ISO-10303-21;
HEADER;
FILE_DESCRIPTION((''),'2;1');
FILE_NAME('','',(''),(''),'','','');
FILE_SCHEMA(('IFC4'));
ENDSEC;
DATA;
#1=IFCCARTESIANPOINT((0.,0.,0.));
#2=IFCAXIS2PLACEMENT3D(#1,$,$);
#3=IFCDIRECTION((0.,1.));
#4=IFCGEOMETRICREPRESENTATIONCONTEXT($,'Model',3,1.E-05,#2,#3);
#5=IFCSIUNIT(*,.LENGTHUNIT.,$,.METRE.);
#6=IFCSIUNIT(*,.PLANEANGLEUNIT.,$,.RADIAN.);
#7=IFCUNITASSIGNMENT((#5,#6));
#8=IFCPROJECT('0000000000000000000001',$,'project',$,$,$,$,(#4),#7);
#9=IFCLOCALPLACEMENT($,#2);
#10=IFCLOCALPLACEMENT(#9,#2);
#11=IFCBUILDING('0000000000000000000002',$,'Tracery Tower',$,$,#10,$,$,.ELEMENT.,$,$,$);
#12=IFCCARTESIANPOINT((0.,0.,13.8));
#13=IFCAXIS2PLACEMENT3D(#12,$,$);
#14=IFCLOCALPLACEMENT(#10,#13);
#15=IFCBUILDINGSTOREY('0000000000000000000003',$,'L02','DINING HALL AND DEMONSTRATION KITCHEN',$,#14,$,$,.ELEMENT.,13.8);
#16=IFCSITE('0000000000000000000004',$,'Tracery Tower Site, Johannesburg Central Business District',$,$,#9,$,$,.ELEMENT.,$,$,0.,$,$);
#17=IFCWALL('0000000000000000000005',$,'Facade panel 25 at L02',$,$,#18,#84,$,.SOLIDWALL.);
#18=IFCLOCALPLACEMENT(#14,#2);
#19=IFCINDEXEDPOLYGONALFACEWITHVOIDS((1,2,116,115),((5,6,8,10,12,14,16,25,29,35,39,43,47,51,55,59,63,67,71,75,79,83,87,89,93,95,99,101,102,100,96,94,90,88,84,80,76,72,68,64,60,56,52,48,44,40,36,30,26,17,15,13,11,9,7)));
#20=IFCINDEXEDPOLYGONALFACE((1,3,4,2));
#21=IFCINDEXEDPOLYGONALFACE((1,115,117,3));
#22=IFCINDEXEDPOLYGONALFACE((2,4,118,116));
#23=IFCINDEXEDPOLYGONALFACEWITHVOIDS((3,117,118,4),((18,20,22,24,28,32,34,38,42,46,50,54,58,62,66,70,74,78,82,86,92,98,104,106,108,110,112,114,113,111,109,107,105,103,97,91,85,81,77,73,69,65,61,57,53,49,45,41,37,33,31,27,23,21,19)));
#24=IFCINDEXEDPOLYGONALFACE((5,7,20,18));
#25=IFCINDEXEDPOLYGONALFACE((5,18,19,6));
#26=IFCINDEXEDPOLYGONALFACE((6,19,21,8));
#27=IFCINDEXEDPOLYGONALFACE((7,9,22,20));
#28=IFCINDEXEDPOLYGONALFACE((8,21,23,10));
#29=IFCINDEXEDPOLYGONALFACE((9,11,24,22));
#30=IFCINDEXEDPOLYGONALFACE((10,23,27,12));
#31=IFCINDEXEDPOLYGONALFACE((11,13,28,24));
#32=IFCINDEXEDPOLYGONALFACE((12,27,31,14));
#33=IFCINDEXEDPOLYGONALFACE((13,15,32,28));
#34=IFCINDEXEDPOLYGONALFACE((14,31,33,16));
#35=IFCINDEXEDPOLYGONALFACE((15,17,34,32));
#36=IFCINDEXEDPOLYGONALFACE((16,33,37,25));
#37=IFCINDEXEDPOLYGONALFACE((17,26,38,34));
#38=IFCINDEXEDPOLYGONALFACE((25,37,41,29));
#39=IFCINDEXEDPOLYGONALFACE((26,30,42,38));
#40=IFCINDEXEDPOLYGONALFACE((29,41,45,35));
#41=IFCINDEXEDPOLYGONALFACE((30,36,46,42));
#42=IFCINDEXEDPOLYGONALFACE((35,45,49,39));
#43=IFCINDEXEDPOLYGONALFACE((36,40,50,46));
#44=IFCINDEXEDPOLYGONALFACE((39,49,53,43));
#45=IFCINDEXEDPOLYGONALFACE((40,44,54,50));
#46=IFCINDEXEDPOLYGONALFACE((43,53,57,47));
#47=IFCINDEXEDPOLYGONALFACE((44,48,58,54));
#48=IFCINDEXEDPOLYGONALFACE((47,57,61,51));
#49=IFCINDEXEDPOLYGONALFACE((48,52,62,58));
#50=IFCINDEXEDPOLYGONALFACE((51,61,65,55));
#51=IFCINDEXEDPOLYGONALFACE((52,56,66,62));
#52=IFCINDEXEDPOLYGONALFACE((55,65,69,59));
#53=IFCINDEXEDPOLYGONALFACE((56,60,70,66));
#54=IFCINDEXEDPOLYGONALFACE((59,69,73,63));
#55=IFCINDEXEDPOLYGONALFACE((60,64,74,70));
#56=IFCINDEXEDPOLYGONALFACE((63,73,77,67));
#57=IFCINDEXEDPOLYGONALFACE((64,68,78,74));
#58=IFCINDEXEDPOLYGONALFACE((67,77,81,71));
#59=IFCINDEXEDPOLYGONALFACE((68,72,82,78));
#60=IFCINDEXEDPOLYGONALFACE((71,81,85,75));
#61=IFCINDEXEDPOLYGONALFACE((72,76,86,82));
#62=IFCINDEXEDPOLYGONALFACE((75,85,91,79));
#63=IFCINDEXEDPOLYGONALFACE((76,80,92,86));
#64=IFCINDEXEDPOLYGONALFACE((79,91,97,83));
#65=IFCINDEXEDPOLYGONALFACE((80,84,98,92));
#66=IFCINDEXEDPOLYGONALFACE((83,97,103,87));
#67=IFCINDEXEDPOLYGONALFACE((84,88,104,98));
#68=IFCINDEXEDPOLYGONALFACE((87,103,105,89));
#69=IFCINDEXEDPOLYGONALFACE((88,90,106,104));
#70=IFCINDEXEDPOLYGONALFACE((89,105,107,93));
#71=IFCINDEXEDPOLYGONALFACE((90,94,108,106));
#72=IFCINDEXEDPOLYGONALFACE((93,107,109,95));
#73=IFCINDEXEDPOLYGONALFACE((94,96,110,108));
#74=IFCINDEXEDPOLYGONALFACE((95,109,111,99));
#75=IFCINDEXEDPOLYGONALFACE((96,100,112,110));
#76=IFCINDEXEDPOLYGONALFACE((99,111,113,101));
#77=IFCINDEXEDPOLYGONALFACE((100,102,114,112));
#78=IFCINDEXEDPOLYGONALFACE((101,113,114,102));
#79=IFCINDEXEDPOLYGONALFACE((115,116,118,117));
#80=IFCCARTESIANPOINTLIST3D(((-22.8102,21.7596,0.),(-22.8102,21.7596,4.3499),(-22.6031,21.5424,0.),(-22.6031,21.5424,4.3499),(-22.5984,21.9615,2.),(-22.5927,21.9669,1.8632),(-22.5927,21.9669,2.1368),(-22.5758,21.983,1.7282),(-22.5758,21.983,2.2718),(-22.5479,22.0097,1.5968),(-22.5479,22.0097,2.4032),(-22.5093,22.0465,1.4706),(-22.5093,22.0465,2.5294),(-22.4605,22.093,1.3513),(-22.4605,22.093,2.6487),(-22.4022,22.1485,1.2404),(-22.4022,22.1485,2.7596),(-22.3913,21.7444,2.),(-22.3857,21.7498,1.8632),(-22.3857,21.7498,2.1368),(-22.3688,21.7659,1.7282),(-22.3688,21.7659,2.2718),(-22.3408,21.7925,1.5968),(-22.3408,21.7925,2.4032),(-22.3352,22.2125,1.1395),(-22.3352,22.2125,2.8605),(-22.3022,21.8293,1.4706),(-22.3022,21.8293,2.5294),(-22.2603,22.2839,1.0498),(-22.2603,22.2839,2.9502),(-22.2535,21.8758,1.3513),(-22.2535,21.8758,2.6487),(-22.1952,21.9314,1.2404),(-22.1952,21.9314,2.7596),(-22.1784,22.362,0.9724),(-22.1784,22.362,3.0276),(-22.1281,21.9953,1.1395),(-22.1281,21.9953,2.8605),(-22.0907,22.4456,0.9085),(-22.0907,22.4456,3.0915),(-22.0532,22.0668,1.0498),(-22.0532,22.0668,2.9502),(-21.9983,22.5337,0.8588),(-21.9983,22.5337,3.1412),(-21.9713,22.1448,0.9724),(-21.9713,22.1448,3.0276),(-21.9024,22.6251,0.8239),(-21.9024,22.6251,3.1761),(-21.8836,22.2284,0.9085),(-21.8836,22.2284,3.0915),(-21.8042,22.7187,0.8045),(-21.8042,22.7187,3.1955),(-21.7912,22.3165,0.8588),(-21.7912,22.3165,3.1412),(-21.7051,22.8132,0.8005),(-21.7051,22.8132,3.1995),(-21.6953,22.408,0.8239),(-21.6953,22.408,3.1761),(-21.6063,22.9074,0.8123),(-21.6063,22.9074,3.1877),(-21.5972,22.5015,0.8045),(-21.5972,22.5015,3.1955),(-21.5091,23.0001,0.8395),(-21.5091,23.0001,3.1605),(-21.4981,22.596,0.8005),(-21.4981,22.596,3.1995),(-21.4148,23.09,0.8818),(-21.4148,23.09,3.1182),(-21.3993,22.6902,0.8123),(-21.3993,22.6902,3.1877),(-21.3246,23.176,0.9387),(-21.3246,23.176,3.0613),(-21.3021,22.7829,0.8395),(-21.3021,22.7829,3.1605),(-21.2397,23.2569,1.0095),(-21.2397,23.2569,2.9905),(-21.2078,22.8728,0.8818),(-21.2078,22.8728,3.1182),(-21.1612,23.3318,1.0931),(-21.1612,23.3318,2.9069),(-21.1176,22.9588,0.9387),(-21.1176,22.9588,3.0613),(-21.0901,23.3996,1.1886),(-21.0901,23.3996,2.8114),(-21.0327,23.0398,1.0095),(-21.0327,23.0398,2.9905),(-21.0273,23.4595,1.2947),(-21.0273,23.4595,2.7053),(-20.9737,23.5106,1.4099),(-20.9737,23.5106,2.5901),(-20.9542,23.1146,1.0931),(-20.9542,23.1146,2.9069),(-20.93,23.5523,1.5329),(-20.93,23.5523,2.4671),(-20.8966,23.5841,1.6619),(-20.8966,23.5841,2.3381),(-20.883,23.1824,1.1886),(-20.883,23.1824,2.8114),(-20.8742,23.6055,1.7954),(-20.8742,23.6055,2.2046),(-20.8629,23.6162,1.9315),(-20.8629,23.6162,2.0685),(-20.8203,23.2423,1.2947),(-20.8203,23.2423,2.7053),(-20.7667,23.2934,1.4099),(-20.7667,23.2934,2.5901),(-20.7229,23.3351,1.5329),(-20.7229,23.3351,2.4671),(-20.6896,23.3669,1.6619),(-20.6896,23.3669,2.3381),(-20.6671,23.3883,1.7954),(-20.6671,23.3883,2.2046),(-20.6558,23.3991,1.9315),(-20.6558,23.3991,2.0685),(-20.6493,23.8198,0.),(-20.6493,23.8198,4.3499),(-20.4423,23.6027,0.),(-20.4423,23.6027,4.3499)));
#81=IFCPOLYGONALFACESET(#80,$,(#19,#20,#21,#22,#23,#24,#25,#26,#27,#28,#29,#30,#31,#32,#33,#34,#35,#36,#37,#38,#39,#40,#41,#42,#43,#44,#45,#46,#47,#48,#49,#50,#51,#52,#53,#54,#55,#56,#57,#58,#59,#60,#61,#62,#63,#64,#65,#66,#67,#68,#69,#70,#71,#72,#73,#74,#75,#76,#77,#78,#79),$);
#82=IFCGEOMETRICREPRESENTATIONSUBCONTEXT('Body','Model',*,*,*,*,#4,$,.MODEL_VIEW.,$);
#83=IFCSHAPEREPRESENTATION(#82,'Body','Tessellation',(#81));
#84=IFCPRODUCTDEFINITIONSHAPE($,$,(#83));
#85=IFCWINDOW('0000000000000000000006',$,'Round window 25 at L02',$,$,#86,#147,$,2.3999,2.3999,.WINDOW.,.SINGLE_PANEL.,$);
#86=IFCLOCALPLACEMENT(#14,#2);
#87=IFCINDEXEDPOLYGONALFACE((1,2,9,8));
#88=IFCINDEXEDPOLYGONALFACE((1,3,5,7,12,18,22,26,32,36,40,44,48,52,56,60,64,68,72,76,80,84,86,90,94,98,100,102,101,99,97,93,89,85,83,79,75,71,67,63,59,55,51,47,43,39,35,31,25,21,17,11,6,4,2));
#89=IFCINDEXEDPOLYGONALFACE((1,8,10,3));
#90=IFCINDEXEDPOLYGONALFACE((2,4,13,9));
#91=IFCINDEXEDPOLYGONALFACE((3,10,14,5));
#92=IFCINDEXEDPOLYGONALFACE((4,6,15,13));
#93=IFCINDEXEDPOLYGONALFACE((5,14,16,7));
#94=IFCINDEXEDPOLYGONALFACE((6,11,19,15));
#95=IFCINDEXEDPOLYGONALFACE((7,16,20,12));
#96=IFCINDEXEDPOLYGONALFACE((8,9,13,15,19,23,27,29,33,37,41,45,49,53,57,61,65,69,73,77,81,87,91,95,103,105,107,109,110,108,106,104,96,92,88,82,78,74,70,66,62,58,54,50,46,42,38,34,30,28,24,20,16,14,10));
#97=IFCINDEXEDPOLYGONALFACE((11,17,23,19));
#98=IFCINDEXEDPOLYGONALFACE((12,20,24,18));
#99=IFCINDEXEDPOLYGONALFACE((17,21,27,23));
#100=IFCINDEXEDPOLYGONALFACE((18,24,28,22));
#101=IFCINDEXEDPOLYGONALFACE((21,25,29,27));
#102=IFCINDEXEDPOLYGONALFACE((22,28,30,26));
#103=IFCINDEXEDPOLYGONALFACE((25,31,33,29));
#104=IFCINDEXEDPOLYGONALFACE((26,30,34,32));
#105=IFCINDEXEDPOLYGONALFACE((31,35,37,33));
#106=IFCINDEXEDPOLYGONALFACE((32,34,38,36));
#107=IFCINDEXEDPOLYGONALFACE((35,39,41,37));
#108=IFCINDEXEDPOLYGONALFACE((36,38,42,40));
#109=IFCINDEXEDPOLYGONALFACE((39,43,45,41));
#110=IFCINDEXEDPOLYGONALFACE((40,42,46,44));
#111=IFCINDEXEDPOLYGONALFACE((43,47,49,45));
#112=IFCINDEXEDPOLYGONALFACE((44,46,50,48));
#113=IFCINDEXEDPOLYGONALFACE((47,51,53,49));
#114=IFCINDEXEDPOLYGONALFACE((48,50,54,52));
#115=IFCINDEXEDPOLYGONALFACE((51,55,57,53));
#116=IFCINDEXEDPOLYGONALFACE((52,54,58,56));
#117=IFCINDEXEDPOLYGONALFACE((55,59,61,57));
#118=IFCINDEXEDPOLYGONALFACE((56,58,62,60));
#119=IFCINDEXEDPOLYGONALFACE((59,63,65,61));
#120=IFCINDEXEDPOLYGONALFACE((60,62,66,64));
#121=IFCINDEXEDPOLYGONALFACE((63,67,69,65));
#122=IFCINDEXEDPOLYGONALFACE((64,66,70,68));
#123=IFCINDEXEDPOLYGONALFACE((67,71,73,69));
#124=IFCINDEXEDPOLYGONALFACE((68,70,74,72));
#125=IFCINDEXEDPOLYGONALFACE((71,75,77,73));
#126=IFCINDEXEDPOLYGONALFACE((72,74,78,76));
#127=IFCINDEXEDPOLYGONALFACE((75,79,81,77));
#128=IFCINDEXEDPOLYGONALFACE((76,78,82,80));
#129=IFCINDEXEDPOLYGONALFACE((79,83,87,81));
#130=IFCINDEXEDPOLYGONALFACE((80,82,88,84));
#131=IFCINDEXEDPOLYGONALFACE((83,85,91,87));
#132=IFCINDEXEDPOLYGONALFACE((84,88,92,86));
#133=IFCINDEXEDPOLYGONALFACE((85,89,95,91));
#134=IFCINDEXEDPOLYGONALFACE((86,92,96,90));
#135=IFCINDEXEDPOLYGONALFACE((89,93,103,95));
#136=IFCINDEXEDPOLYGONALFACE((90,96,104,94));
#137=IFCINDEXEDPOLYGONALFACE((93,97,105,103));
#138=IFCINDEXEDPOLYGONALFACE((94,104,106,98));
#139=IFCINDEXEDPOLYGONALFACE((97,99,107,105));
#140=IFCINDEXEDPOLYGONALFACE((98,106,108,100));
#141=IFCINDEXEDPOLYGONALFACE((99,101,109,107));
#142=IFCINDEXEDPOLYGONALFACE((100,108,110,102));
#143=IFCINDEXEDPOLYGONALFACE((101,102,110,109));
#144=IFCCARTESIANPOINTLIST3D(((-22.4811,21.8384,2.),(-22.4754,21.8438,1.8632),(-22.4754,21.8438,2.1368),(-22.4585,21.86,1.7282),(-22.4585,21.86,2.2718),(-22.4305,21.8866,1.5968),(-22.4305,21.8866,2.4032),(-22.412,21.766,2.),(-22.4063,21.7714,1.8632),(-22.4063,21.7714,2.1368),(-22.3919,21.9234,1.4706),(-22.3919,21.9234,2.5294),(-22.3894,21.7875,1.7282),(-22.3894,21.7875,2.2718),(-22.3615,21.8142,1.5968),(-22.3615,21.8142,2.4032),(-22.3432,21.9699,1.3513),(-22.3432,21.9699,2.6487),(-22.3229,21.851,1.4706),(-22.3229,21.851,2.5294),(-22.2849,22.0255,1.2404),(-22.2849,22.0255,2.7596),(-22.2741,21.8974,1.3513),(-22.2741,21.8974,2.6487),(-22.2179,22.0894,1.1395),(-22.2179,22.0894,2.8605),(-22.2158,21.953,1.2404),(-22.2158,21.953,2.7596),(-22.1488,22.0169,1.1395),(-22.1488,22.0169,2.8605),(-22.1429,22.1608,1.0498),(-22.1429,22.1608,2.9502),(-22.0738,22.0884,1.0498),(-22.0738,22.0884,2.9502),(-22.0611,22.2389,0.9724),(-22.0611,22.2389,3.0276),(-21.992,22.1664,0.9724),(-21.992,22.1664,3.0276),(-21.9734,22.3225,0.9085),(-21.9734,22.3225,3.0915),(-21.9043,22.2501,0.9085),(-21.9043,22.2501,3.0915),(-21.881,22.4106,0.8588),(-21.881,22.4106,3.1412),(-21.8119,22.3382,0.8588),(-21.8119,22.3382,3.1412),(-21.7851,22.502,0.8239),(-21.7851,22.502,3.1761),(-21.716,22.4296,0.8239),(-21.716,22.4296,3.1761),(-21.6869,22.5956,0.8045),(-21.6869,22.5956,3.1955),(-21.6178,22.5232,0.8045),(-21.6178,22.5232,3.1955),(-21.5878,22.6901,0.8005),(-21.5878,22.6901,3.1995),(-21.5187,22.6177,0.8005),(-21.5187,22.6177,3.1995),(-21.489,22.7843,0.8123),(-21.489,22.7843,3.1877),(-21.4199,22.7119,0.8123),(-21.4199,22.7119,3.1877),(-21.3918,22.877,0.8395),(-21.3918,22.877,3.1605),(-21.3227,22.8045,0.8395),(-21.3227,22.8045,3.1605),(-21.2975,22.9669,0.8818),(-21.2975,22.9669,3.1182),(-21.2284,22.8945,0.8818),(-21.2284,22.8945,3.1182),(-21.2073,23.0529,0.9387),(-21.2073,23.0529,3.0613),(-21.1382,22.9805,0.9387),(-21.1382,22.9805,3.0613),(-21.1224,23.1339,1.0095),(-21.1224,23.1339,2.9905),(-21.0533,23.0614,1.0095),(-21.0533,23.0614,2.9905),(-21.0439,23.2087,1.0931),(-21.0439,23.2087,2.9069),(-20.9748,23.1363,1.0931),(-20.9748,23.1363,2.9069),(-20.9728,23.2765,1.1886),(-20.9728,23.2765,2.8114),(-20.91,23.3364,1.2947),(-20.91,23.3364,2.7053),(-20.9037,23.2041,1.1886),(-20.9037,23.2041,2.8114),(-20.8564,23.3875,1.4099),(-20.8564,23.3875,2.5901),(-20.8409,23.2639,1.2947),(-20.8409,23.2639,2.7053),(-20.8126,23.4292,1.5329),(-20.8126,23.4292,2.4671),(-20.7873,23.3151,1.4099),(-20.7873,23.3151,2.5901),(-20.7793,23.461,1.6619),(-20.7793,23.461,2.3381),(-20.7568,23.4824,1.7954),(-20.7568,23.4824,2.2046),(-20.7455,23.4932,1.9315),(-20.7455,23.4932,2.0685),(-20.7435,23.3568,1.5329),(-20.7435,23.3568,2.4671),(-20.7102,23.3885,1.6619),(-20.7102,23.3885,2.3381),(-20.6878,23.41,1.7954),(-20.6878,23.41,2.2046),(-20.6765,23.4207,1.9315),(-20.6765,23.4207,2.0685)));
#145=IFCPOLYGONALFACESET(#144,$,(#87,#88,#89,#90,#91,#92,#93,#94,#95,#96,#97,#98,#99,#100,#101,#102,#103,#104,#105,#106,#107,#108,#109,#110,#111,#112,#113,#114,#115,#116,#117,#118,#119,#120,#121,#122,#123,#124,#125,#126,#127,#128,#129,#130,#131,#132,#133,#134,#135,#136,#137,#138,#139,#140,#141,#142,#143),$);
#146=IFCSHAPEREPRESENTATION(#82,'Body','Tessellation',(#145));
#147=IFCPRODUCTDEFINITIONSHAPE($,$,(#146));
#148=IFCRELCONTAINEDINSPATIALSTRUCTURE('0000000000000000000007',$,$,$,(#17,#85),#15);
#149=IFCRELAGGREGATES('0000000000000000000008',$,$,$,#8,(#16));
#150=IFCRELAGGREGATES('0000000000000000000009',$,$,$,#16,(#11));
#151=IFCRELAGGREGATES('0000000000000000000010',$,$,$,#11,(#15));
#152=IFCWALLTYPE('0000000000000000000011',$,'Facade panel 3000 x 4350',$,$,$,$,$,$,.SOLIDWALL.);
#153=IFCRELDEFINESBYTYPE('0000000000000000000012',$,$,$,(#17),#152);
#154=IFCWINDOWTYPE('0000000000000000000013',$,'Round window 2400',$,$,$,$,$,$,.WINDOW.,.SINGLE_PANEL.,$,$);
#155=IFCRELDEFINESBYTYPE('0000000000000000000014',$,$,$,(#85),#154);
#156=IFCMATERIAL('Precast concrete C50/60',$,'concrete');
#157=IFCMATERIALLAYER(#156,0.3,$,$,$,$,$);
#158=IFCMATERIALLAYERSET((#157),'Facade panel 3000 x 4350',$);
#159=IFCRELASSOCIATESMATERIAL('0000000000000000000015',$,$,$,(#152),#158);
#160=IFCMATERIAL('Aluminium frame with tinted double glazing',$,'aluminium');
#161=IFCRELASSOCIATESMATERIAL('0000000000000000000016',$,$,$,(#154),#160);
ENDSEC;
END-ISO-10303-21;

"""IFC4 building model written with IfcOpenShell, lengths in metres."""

from ifc_helpers import new_model, si_unit, direction, frame, frame_2d, origin, origin_2d, place, context, subcontext, project, spatial, rectangle, circle, extrude, material, layer, layer_set, type_object, element, fill, save


model = new_model("IFC4")

# Units and contexts
model_context = context("Model", 3, precision=1e-05, world=origin(), true_north=direction((0.0, 1.0)))
body_context = subcontext(model_context, "Body", "Model", "MODEL_VIEW")
ifc_project = project(units=[si_unit("LENGTHUNIT", "METRE"), si_unit("PLANEANGLEUNIT", "RADIAN")], contexts=[model_context])

# Site, building, storey
site_placement = place(None, origin())
site = spatial("IfcSite", under=ifc_project, at=site_placement, Name="Tracery Tower Site, Johannesburg Central Business District", CompositionType="ELEMENT", RefElevation=0.0)
building_placement = place(site_placement, origin())
building = spatial("IfcBuilding", under=site, at=building_placement, Name="Tracery Tower", CompositionType="ELEMENT")
storey_placement = place(building_placement, frame((0.0, 0.0, 13.8)))
storey = spatial("IfcBuildingStorey", under=building, at=storey_placement, Name="L02", Description="DINING HALL AND DEMONSTRATION KITCHEN", CompositionType="ELEMENT", Elevation=13.8)

# Wall, opening, window
ifc_material_1 = material(Name="Precast concrete C50/60", Category="concrete")
ifc_layer_1 = layer(ifc_material_1, 0.3)
ifc_layer_set_1 = layer_set([ifc_layer_1], Name="Facade panel 3000 x 4350")
wall_type_1 = type_object("IfcWallType", Name="Facade panel 3000 x 4350", PredefinedType="SOLIDWALL", material=ifc_layer_set_1)
ifc_material_2 = material(Name="Aluminium frame with tinted double glazing", Category="aluminium")
window_type = type_object("IfcWindowType", Name="Round window 2400", PartitioningType="SINGLE_PANEL", PredefinedType="WINDOW", material=ifc_material_2)
wall_1_placement = place(storey_placement, frame((-20.5459, 23.7112, 0.0), z_axis=(0.0, 0.0, 1.0), x_axis=(-0.723751, -0.690061, 0.0)))
wall_1 = element("IfcWall", 1, at=wall_1_placement, inside=storey, type_object=wall_type_1, Name="Facade panel 25 at L02", PredefinedType="SOLIDWALL", context=body_context, shape_type="SweptSolid", body=[
    extrude(rectangle(XDim=2.9856, YDim=0.3, at=frame_2d((1.4927, 0.0))), origin(), (0.0, 0.0, 1.0), 4.3499),
])
opening_1_placement = place(wall_1_placement, frame((1.4929, 0.0, 2.0)))
opening_1 = element("IfcOpeningElement", 2, at=opening_1_placement, cuts=wall_1, PredefinedType="OPENING", context=body_context, shape_type="SweptSolid", body=[
    extrude(circle(Radius=1.2, at=origin_2d()), frame((0.0, 0.1599, 0.0), z_axis=(0.0, -1.0, 0.0), x_axis=(1.0, 0.0, 0.0)), (0.0, 0.0, 1.0), 0.3201),
])
window_1_placement = place(opening_1_placement, origin())
window_1 = element("IfcWindow", 3, at=window_1_placement, inside=storey, type_object=window_type, Name="Round window 25 at L02", OverallHeight=2.3999, OverallWidth=2.3999, PartitioningType="SINGLE_PANEL", PredefinedType="WINDOW", context=body_context, shape_type="SweptSolid", body=[
    extrude(circle(Radius=1.2, at=origin_2d()), frame((0.0, 0.1201, 0.0), z_axis=(0.0, -1.0, 0.0), x_axis=(1.0, 0.0, 0.0)), (0.0, 0.0, 1.0), 0.1001),
])
fill(opening_1, window_1)

save(model, "model.ifc")
